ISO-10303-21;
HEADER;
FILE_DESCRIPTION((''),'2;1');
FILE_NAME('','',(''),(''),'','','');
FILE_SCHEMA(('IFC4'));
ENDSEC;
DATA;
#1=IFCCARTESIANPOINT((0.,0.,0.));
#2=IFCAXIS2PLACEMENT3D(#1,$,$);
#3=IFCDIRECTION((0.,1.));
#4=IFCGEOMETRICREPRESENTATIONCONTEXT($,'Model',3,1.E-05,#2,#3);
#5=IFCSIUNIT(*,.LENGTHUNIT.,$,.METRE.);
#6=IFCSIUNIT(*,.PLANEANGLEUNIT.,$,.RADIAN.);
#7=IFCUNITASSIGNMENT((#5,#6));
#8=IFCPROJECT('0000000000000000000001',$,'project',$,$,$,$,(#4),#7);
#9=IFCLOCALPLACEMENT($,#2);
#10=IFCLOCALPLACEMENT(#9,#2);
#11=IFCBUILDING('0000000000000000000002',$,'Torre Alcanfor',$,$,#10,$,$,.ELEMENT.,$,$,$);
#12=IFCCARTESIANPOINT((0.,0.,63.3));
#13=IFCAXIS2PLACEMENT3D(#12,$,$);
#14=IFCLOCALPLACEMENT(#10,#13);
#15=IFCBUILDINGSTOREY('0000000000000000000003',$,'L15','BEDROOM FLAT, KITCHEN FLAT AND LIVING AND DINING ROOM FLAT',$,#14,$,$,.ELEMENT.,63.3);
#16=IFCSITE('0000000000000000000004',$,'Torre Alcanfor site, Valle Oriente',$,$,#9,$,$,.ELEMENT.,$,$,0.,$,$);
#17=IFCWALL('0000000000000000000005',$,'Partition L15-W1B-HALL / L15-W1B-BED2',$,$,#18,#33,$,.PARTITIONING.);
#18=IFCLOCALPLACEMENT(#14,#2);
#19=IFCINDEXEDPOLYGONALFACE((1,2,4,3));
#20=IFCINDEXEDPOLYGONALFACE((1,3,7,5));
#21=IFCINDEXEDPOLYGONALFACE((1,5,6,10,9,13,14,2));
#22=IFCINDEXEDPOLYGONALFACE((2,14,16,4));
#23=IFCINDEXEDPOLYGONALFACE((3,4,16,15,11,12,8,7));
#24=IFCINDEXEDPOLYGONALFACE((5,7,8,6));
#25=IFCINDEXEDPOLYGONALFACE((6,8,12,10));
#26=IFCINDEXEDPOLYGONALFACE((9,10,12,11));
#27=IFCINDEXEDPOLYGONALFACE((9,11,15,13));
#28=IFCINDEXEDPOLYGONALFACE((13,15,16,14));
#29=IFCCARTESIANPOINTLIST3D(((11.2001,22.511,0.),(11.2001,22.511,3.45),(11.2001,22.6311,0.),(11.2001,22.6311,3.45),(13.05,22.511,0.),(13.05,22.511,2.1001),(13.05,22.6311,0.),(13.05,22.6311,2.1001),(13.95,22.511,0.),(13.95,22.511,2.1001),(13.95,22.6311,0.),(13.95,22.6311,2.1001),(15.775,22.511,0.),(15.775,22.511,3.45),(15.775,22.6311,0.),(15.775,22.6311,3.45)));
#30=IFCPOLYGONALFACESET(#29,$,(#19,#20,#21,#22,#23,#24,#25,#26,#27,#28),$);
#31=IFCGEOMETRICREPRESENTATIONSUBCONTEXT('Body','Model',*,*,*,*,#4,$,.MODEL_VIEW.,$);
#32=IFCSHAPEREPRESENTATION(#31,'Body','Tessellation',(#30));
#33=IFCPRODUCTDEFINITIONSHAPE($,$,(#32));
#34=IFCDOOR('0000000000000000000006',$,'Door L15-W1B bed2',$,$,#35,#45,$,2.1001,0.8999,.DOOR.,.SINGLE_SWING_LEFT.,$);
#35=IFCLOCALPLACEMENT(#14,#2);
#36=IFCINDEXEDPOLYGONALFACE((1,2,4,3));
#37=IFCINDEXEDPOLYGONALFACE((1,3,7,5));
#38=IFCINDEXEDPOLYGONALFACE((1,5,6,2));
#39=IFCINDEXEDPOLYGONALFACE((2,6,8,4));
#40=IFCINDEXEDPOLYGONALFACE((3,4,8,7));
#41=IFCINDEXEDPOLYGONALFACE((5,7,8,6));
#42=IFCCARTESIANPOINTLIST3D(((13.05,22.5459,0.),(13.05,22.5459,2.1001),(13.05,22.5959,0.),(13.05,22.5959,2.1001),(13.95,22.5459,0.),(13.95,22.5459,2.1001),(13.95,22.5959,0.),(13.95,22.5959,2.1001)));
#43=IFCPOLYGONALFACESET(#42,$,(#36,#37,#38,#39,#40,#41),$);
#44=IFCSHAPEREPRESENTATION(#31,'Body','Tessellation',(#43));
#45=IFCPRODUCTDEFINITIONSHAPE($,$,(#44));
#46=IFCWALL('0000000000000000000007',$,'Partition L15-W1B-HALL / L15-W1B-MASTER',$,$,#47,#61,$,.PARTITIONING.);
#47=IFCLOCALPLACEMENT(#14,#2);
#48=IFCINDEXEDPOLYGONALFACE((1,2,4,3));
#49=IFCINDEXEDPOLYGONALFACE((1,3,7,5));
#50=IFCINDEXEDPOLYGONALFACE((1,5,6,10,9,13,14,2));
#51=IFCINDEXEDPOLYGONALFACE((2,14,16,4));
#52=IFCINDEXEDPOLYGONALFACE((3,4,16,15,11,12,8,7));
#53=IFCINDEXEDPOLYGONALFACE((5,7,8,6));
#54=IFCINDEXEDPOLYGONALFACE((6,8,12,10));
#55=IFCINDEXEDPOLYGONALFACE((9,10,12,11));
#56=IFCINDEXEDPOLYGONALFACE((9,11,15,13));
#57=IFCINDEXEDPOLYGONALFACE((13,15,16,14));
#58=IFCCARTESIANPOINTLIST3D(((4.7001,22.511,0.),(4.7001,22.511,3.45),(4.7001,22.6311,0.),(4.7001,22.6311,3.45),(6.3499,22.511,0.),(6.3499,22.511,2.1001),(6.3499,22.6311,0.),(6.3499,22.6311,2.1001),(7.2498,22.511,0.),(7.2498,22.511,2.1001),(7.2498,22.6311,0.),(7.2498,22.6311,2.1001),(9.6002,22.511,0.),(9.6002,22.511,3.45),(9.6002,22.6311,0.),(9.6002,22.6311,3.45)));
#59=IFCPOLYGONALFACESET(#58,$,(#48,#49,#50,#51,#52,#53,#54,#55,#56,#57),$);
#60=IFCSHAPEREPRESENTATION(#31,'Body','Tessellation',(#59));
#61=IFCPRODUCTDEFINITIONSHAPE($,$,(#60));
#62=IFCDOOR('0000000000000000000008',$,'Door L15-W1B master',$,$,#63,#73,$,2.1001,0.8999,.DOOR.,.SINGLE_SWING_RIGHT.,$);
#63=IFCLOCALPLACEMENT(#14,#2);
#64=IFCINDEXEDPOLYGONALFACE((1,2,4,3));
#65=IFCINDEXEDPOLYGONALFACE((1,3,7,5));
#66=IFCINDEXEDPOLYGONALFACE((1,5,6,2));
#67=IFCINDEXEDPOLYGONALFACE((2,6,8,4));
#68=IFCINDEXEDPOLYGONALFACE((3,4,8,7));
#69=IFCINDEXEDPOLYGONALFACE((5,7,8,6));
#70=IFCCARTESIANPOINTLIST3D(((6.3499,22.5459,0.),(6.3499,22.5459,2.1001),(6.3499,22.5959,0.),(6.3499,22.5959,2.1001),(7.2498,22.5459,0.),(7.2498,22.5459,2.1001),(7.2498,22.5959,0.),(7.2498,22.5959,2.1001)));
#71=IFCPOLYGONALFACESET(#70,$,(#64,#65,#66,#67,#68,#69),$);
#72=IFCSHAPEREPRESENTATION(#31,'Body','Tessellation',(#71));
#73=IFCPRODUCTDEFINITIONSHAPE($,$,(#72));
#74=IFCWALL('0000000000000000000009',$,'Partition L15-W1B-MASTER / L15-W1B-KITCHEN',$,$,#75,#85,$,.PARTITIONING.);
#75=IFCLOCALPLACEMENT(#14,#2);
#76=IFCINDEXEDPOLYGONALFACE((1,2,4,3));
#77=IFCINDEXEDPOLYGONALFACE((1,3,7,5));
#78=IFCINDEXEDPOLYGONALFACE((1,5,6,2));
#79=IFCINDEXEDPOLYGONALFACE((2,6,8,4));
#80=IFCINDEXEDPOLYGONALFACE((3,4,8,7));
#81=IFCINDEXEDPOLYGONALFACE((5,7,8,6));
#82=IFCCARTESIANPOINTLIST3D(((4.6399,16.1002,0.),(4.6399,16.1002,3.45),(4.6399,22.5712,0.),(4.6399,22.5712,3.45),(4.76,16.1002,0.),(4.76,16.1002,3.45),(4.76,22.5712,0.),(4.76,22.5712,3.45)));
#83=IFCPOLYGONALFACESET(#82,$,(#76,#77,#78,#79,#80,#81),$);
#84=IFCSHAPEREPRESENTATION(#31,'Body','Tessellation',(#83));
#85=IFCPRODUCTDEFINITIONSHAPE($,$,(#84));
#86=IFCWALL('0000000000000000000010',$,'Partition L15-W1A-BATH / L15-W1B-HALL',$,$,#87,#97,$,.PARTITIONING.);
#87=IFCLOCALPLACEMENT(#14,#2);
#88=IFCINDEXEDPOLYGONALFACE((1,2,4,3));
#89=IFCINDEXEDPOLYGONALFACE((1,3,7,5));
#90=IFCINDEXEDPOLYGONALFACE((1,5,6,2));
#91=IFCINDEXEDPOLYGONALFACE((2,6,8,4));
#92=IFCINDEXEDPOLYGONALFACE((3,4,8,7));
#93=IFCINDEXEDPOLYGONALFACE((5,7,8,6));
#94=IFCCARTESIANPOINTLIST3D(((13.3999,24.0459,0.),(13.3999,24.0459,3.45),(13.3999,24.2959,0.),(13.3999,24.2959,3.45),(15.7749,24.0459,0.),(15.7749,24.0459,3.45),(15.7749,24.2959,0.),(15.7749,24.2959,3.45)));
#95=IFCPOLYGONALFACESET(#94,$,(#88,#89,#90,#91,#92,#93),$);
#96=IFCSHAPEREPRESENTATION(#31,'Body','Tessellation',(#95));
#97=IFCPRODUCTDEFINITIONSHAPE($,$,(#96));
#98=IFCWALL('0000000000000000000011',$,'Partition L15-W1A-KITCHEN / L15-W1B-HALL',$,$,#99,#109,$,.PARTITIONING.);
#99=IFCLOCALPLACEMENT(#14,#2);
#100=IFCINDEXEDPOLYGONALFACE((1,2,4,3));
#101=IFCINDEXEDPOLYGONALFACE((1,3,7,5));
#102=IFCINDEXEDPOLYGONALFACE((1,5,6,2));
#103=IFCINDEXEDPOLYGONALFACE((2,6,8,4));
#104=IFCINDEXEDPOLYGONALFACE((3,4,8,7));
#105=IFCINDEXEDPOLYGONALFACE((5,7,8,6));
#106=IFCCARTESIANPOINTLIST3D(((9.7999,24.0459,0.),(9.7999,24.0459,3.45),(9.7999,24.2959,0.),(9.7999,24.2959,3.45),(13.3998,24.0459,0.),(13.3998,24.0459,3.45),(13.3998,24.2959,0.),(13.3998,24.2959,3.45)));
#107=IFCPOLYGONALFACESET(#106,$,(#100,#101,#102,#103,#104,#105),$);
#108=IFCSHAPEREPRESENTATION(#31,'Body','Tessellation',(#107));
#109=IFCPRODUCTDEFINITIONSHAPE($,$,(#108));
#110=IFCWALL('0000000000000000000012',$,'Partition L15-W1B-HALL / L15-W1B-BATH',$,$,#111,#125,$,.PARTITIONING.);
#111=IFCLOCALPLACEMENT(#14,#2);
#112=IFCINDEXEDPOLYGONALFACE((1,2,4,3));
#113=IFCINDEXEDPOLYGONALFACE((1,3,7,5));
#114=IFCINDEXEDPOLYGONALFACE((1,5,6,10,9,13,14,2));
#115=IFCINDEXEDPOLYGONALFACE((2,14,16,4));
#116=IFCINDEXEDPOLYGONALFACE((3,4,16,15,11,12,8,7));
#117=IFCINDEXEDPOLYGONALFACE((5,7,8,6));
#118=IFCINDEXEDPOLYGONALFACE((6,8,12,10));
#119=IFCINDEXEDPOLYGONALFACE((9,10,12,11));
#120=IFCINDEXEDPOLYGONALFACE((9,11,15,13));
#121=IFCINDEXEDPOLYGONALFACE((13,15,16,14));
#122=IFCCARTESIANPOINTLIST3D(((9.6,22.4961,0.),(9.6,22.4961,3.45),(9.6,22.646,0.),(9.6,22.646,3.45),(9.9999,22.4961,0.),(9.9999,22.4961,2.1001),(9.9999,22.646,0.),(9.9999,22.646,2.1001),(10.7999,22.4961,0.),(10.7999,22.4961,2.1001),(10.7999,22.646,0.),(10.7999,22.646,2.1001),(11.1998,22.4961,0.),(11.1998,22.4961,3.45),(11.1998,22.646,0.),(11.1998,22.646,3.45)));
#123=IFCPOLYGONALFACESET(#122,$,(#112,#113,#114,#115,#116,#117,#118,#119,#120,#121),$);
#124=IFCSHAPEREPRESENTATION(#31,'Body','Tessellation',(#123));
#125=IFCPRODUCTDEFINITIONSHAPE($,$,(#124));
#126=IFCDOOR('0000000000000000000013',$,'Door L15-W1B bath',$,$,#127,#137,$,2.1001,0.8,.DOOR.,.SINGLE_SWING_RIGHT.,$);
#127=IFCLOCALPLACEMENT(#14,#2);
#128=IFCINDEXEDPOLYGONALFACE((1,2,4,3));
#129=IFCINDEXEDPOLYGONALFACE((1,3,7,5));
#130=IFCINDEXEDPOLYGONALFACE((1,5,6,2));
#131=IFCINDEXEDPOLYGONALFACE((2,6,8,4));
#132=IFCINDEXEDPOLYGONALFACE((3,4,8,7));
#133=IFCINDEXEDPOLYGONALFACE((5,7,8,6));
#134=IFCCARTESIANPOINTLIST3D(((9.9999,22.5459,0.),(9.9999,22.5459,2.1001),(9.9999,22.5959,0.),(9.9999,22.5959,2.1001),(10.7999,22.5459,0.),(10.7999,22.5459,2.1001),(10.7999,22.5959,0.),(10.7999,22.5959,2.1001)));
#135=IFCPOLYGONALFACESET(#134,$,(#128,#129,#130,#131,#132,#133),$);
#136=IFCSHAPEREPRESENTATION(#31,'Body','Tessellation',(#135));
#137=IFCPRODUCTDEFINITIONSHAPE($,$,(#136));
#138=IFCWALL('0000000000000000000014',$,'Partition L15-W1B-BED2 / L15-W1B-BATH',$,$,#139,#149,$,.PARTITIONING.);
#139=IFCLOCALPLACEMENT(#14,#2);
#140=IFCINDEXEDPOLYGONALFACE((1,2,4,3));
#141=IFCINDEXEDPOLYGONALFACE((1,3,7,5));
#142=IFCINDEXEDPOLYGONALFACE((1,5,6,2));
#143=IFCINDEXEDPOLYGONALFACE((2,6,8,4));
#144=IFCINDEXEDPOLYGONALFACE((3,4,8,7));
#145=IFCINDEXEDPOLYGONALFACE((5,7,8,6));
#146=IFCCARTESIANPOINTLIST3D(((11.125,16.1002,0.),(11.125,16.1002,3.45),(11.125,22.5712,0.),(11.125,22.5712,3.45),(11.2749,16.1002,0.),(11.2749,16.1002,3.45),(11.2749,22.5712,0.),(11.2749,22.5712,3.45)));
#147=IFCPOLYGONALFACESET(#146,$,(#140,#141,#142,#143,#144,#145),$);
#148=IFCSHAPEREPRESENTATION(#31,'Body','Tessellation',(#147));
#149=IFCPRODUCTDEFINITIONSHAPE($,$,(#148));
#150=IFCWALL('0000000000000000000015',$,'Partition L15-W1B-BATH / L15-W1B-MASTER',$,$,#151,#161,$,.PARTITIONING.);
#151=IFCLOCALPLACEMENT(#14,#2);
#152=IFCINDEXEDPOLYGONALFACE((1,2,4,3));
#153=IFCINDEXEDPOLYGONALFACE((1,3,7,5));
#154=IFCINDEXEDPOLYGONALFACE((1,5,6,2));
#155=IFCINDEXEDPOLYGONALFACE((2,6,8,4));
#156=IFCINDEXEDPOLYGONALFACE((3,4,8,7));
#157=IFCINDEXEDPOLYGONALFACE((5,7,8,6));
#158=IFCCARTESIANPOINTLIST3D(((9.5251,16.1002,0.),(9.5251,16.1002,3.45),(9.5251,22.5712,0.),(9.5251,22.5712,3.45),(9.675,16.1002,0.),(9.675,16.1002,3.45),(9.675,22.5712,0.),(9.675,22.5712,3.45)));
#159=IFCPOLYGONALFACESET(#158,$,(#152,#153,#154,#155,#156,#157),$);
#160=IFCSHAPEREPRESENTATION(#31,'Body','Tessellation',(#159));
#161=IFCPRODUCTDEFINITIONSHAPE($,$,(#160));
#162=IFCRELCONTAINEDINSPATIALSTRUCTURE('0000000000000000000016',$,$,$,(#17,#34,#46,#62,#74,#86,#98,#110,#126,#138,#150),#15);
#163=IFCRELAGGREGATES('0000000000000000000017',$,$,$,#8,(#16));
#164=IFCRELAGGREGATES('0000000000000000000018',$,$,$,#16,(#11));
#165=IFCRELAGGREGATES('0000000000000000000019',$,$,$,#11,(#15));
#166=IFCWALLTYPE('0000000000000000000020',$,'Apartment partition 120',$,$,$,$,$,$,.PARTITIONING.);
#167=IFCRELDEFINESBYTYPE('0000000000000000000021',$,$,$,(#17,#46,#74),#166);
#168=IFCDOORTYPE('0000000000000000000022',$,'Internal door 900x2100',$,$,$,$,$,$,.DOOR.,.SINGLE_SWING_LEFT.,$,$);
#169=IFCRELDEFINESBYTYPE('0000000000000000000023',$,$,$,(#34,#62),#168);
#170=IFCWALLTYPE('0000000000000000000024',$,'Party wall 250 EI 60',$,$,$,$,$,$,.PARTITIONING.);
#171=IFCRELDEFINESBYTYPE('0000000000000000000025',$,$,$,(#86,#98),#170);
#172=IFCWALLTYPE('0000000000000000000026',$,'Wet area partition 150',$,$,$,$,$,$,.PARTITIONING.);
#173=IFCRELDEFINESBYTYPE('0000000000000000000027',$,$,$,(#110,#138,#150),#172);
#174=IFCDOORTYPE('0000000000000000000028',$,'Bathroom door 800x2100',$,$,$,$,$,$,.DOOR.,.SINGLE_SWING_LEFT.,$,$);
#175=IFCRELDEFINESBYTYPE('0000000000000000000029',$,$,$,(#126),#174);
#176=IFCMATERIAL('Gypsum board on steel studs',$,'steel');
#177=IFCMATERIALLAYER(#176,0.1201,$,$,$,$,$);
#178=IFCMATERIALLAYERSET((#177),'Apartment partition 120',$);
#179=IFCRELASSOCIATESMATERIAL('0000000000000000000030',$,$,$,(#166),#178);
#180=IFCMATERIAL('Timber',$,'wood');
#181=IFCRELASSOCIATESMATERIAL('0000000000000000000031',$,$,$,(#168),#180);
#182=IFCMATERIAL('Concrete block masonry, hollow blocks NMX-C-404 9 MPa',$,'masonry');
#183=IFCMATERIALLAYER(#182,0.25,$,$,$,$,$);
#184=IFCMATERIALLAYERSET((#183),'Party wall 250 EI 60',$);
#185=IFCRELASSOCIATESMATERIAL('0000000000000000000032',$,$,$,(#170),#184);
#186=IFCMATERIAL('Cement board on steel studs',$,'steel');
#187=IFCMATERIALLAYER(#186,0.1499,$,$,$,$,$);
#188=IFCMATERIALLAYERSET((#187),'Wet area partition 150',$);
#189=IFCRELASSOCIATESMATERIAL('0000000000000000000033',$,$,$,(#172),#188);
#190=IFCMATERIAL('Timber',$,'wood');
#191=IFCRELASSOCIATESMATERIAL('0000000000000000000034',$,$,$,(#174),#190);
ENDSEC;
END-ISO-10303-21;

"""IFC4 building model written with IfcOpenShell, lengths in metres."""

from ifc_helpers import new_model, si_unit, direction, frame, frame_2d, origin, place, context, subcontext, project, spatial, rectangle, extrude, material, layer, layer_set, type_object, element, fill, save


model = new_model("IFC4")

# Units and contexts
model_context = context("Model", 3, precision=1e-05, world=origin(), true_north=direction((0.0, 1.0)))
body_context = subcontext(model_context, "Body", "Model", "MODEL_VIEW")
ifc_project = project(units=[si_unit("LENGTHUNIT", "METRE"), si_unit("PLANEANGLEUNIT", "RADIAN")], contexts=[model_context])

# Site, building, storey
site_placement = place(None, origin())
site = spatial("IfcSite", under=ifc_project, at=site_placement, Name="Torre Alcanfor site, Valle Oriente", CompositionType="ELEMENT", RefElevation=0.0)
building_placement = place(site_placement, origin())
building = spatial("IfcBuilding", under=site, at=building_placement, Name="Torre Alcanfor", CompositionType="ELEMENT")
storey_placement = place(building_placement, frame((0.0, 0.0, 63.3)))
storey = spatial("IfcBuildingStorey", under=building, at=storey_placement, Name="L15", Description="BEDROOM FLAT, KITCHEN FLAT AND LIVING AND DINING ROOM FLAT", CompositionType="ELEMENT", Elevation=63.3)

# Walls, openings, doors
ifc_material_1 = material(Name="Gypsum board on steel studs", Category="steel")
ifc_layer_1 = layer(ifc_material_1, 0.1201)
ifc_layer_set_1 = layer_set([ifc_layer_1], Name="Apartment partition 120")
wall_type_1 = type_object("IfcWallType", Name="Apartment partition 120", PredefinedType="PARTITIONING", material=ifc_layer_set_1)
wall_1_placement = place(storey_placement, frame((11.2, 22.571, 0.0), z_axis=(0.0, 0.0, 1.0), x_axis=(1.0, 0.0, 0.0)))
wall_1 = element("IfcWall", 1, at=wall_1_placement, inside=storey, type_object=wall_type_1, Name="Partition L15-W1B-HALL / L15-W1B-BED2", PredefinedType="PARTITIONING", context=body_context, shape_type="SweptSolid", body=[
    extrude(rectangle(XDim=4.575, YDim=0.1201, at=frame_2d((2.2876, 0.0))), origin(), (0.0, 0.0, 1.0), 3.45),
])
opening_1_placement = place(wall_1_placement, frame((1.8501, 0.0, 0.0)))
opening_1 = element("IfcOpeningElement", 2, at=opening_1_placement, cuts=wall_1, PredefinedType="OPENING", context=body_context, shape_type="SweptSolid", body=[
    extrude(rectangle(XDim=0.8999, YDim=2.1001, at=frame_2d((0.45, 1.05))), frame((0.0, 0.0701, 0.0), z_axis=(0.0, -1.0, 0.0), x_axis=(1.0, 0.0, 0.0)), (0.0, 0.0, 1.0), 0.1401),
])
ifc_material_2 = material(Name="Timber", Category="wood")
door_type_1 = type_object("IfcDoorType", Name="Internal door 900x2100", OperationType="SINGLE_SWING_LEFT", PredefinedType="DOOR", material=ifc_material_2)
door_1_placement = place(opening_1_placement, frame((0.8999, 0.0, 0.0), z_axis=(0.0, 0.0, 1.0), x_axis=(-1.0, 0.0, 0.0)))
door_1 = element("IfcDoor", 3, at=door_1_placement, inside=storey, type_object=door_type_1, Name="Door L15-W1B bed2", OperationType="SINGLE_SWING_LEFT", OverallHeight=2.1001, OverallWidth=0.8999, PredefinedType="DOOR", context=body_context, shape_type="SweptSolid", body=[
    extrude(rectangle(XDim=0.8999, YDim=2.1001, at=frame_2d((0.45, 1.05))), frame((0.0, 0.0251, 0.0), z_axis=(0.0, -1.0, 0.0), x_axis=(1.0, 0.0, 0.0)), (0.0, 0.0, 1.0), 0.05),
])
fill(opening_1, door_1)
wall_2_placement = place(storey_placement, frame((4.7, 22.571, 0.0), z_axis=(0.0, 0.0, 1.0), x_axis=(1.0, 0.0, 0.0)))
wall_2 = element("IfcWall", 4, at=wall_2_placement, inside=storey, type_object=wall_type_1, Name="Partition L15-W1B-HALL / L15-W1B-MASTER", PredefinedType="PARTITIONING", context=body_context, shape_type="SweptSolid", body=[
    extrude(rectangle(XDim=4.9001, YDim=0.1201, at=frame_2d((2.4502, 0.0))), origin(), (0.0, 0.0, 1.0), 3.45),
])
opening_2_placement = place(wall_2_placement, frame((1.6499, 0.0, 0.0)))
opening_2 = element("IfcOpeningElement", 5, at=opening_2_placement, cuts=wall_2, PredefinedType="OPENING", context=body_context, shape_type="SweptSolid", body=[
    extrude(rectangle(XDim=0.8999, YDim=2.1001, at=frame_2d((0.45, 1.05))), frame((0.0, 0.0701, 0.0), z_axis=(0.0, -1.0, 0.0), x_axis=(1.0, 0.0, 0.0)), (0.0, 0.0, 1.0), 0.1401),
])
door_2_placement = place(opening_2_placement, frame((0.8999, 0.0, 0.0), z_axis=(0.0, 0.0, 1.0), x_axis=(-1.0, 0.0, 0.0)))
door_2 = element("IfcDoor", 6, at=door_2_placement, inside=storey, type_object=door_type_1, Name="Door L15-W1B master", OperationType="SINGLE_SWING_RIGHT", OverallHeight=2.1001, OverallWidth=0.8999, PredefinedType="DOOR", context=body_context, shape_type="SweptSolid", body=[
    extrude(rectangle(XDim=0.8999, YDim=2.1001, at=frame_2d((0.45, 1.05))), frame((0.0, 0.0251, 0.0), z_axis=(0.0, -1.0, 0.0), x_axis=(1.0, 0.0, 0.0)), (0.0, 0.0, 1.0), 0.05),
])
fill(opening_2, door_2)

# Walls
wall_3_placement = place(storey_placement, frame((4.7, 22.571, 0.0), z_axis=(0.0, 0.0, 1.0), x_axis=(0.0, -1.0, 0.0)))
element("IfcWall", 7, at=wall_3_placement, inside=storey, type_object=wall_type_1, Name="Partition L15-W1B-MASTER / L15-W1B-KITCHEN", PredefinedType="PARTITIONING", context=body_context, shape_type="SweptSolid", body=[
    extrude(rectangle(XDim=6.4709, YDim=0.1201, at=frame_2d((3.2354, 0.0))), origin(), (0.0, 0.0, 1.0), 3.45),
])
ifc_material_3 = material(Name="Concrete block masonry, hollow blocks NMX-C-404 9 MPa", Category="masonry")
ifc_layer_2 = layer(ifc_material_3, 0.25)
ifc_layer_set_2 = layer_set([ifc_layer_2], Name="Party wall 250 EI 60")
wall_type_2 = type_object("IfcWallType", Name="Party wall 250 EI 60", PredefinedType="PARTITIONING", material=ifc_layer_set_2)
wall_4_placement = place(storey_placement, frame((13.3999, 24.1709, 0.0), z_axis=(0.0, 0.0, 1.0), x_axis=(1.0, 0.0, 0.0)))
element("IfcWall", 8, at=wall_4_placement, inside=storey, type_object=wall_type_2, Name="Partition L15-W1A-BATH / L15-W1B-HALL", PredefinedType="PARTITIONING", context=body_context, shape_type="SweptSolid", body=[
    extrude(rectangle(XDim=2.375, YDim=0.25, at=frame_2d((1.1875, 0.0))), origin(), (0.0, 0.0, 1.0), 3.45),
])
wall_5_placement = place(storey_placement, frame((9.8, 24.1709, 0.0), z_axis=(0.0, 0.0, 1.0), x_axis=(1.0, 0.0, 0.0)))
element("IfcWall", 9, at=wall_5_placement, inside=storey, type_object=wall_type_2, Name="Partition L15-W1A-KITCHEN / L15-W1B-HALL", PredefinedType="PARTITIONING", context=body_context, shape_type="SweptSolid", body=[
    extrude(rectangle(XDim=3.5999, YDim=0.25, at=frame_2d((1.7998, 0.0))), origin(), (0.0, 0.0, 1.0), 3.45),
])

# Wall, opening, door
ifc_material_4 = material(Name="Cement board on steel studs", Category="steel")
ifc_layer_3 = layer(ifc_material_4, 0.1499)
ifc_layer_set_3 = layer_set([ifc_layer_3], Name="Wet area partition 150")
wall_type_3 = type_object("IfcWallType", Name="Wet area partition 150", PredefinedType="PARTITIONING", material=ifc_layer_set_3)
wall_6_placement = place(storey_placement, frame((9.6001, 22.571, 0.0), z_axis=(0.0, 0.0, 1.0), x_axis=(1.0, 0.0, 0.0)))
wall_6 = element("IfcWall", 10, at=wall_6_placement, inside=storey, type_object=wall_type_3, Name="Partition L15-W1B-HALL / L15-W1B-BATH", PredefinedType="PARTITIONING", context=body_context, shape_type="SweptSolid", body=[
    extrude(rectangle(XDim=1.5999, YDim=0.1499, at=frame_2d((0.7998, 0.0))), origin(), (0.0, 0.0, 1.0), 3.45),
])
opening_3_placement = place(wall_6_placement, frame((0.3999, 0.0, 0.0)))
opening_3 = element("IfcOpeningElement", 11, at=opening_3_placement, cuts=wall_6, PredefinedType="OPENING", context=body_context, shape_type="SweptSolid", body=[
    extrude(rectangle(XDim=0.8, YDim=2.1001, at=frame_2d((0.3999, 1.05))), frame((0.0, 0.085, 0.0), z_axis=(0.0, -1.0, 0.0), x_axis=(1.0, 0.0, 0.0)), (0.0, 0.0, 1.0), 0.1699),
])
ifc_material_5 = material(Name="Timber", Category="wood")
door_type_2 = type_object("IfcDoorType", Name="Bathroom door 800x2100", OperationType="SINGLE_SWING_LEFT", PredefinedType="DOOR", material=ifc_material_5)
door_3_placement = place(opening_3_placement, frame((0.8, 0.0, 0.0), z_axis=(0.0, 0.0, 1.0), x_axis=(-1.0, 0.0, 0.0)))
door_3 = element("IfcDoor", 12, at=door_3_placement, inside=storey, type_object=door_type_2, Name="Door L15-W1B bath", OperationType="SINGLE_SWING_RIGHT", OverallHeight=2.1001, OverallWidth=0.8, PredefinedType="DOOR", context=body_context, shape_type="SweptSolid", body=[
    extrude(rectangle(XDim=0.8, YDim=2.1001, at=frame_2d((0.4001, 1.05))), frame((0.0, 0.0251, 0.0), z_axis=(0.0, -1.0, 0.0), x_axis=(1.0, 0.0, 0.0)), (0.0, 0.0, 1.0), 0.05),
])
fill(opening_3, door_3)

# Walls
for number, where, z_axis, x_axis, name in (
    (13, (11.2, 22.571, 0.0), (0.0, 0.0, 1.0), (0.0, -1.0, 0.0), "Partition L15-W1B-BED2 / L15-W1B-BATH"),
    (14, (9.6001, 22.571, 0.0), (0.0, 0.0, 1.0), (0.0, -1.0, 0.0), "Partition L15-W1B-BATH / L15-W1B-MASTER"),
):
    element("IfcWall", number, at=place(storey_placement, frame(where, z_axis=z_axis, x_axis=x_axis)), inside=storey, type_object=wall_type_3, Name=name, PredefinedType="PARTITIONING", context=body_context, shape_type="SweptSolid", body=[
        extrude(rectangle(XDim=6.4709, YDim=0.1499, at=frame_2d((3.2354, 0.0))), origin(), (0.0, 0.0, 1.0), 3.45),
    ])

save(model, "model.ifc")
